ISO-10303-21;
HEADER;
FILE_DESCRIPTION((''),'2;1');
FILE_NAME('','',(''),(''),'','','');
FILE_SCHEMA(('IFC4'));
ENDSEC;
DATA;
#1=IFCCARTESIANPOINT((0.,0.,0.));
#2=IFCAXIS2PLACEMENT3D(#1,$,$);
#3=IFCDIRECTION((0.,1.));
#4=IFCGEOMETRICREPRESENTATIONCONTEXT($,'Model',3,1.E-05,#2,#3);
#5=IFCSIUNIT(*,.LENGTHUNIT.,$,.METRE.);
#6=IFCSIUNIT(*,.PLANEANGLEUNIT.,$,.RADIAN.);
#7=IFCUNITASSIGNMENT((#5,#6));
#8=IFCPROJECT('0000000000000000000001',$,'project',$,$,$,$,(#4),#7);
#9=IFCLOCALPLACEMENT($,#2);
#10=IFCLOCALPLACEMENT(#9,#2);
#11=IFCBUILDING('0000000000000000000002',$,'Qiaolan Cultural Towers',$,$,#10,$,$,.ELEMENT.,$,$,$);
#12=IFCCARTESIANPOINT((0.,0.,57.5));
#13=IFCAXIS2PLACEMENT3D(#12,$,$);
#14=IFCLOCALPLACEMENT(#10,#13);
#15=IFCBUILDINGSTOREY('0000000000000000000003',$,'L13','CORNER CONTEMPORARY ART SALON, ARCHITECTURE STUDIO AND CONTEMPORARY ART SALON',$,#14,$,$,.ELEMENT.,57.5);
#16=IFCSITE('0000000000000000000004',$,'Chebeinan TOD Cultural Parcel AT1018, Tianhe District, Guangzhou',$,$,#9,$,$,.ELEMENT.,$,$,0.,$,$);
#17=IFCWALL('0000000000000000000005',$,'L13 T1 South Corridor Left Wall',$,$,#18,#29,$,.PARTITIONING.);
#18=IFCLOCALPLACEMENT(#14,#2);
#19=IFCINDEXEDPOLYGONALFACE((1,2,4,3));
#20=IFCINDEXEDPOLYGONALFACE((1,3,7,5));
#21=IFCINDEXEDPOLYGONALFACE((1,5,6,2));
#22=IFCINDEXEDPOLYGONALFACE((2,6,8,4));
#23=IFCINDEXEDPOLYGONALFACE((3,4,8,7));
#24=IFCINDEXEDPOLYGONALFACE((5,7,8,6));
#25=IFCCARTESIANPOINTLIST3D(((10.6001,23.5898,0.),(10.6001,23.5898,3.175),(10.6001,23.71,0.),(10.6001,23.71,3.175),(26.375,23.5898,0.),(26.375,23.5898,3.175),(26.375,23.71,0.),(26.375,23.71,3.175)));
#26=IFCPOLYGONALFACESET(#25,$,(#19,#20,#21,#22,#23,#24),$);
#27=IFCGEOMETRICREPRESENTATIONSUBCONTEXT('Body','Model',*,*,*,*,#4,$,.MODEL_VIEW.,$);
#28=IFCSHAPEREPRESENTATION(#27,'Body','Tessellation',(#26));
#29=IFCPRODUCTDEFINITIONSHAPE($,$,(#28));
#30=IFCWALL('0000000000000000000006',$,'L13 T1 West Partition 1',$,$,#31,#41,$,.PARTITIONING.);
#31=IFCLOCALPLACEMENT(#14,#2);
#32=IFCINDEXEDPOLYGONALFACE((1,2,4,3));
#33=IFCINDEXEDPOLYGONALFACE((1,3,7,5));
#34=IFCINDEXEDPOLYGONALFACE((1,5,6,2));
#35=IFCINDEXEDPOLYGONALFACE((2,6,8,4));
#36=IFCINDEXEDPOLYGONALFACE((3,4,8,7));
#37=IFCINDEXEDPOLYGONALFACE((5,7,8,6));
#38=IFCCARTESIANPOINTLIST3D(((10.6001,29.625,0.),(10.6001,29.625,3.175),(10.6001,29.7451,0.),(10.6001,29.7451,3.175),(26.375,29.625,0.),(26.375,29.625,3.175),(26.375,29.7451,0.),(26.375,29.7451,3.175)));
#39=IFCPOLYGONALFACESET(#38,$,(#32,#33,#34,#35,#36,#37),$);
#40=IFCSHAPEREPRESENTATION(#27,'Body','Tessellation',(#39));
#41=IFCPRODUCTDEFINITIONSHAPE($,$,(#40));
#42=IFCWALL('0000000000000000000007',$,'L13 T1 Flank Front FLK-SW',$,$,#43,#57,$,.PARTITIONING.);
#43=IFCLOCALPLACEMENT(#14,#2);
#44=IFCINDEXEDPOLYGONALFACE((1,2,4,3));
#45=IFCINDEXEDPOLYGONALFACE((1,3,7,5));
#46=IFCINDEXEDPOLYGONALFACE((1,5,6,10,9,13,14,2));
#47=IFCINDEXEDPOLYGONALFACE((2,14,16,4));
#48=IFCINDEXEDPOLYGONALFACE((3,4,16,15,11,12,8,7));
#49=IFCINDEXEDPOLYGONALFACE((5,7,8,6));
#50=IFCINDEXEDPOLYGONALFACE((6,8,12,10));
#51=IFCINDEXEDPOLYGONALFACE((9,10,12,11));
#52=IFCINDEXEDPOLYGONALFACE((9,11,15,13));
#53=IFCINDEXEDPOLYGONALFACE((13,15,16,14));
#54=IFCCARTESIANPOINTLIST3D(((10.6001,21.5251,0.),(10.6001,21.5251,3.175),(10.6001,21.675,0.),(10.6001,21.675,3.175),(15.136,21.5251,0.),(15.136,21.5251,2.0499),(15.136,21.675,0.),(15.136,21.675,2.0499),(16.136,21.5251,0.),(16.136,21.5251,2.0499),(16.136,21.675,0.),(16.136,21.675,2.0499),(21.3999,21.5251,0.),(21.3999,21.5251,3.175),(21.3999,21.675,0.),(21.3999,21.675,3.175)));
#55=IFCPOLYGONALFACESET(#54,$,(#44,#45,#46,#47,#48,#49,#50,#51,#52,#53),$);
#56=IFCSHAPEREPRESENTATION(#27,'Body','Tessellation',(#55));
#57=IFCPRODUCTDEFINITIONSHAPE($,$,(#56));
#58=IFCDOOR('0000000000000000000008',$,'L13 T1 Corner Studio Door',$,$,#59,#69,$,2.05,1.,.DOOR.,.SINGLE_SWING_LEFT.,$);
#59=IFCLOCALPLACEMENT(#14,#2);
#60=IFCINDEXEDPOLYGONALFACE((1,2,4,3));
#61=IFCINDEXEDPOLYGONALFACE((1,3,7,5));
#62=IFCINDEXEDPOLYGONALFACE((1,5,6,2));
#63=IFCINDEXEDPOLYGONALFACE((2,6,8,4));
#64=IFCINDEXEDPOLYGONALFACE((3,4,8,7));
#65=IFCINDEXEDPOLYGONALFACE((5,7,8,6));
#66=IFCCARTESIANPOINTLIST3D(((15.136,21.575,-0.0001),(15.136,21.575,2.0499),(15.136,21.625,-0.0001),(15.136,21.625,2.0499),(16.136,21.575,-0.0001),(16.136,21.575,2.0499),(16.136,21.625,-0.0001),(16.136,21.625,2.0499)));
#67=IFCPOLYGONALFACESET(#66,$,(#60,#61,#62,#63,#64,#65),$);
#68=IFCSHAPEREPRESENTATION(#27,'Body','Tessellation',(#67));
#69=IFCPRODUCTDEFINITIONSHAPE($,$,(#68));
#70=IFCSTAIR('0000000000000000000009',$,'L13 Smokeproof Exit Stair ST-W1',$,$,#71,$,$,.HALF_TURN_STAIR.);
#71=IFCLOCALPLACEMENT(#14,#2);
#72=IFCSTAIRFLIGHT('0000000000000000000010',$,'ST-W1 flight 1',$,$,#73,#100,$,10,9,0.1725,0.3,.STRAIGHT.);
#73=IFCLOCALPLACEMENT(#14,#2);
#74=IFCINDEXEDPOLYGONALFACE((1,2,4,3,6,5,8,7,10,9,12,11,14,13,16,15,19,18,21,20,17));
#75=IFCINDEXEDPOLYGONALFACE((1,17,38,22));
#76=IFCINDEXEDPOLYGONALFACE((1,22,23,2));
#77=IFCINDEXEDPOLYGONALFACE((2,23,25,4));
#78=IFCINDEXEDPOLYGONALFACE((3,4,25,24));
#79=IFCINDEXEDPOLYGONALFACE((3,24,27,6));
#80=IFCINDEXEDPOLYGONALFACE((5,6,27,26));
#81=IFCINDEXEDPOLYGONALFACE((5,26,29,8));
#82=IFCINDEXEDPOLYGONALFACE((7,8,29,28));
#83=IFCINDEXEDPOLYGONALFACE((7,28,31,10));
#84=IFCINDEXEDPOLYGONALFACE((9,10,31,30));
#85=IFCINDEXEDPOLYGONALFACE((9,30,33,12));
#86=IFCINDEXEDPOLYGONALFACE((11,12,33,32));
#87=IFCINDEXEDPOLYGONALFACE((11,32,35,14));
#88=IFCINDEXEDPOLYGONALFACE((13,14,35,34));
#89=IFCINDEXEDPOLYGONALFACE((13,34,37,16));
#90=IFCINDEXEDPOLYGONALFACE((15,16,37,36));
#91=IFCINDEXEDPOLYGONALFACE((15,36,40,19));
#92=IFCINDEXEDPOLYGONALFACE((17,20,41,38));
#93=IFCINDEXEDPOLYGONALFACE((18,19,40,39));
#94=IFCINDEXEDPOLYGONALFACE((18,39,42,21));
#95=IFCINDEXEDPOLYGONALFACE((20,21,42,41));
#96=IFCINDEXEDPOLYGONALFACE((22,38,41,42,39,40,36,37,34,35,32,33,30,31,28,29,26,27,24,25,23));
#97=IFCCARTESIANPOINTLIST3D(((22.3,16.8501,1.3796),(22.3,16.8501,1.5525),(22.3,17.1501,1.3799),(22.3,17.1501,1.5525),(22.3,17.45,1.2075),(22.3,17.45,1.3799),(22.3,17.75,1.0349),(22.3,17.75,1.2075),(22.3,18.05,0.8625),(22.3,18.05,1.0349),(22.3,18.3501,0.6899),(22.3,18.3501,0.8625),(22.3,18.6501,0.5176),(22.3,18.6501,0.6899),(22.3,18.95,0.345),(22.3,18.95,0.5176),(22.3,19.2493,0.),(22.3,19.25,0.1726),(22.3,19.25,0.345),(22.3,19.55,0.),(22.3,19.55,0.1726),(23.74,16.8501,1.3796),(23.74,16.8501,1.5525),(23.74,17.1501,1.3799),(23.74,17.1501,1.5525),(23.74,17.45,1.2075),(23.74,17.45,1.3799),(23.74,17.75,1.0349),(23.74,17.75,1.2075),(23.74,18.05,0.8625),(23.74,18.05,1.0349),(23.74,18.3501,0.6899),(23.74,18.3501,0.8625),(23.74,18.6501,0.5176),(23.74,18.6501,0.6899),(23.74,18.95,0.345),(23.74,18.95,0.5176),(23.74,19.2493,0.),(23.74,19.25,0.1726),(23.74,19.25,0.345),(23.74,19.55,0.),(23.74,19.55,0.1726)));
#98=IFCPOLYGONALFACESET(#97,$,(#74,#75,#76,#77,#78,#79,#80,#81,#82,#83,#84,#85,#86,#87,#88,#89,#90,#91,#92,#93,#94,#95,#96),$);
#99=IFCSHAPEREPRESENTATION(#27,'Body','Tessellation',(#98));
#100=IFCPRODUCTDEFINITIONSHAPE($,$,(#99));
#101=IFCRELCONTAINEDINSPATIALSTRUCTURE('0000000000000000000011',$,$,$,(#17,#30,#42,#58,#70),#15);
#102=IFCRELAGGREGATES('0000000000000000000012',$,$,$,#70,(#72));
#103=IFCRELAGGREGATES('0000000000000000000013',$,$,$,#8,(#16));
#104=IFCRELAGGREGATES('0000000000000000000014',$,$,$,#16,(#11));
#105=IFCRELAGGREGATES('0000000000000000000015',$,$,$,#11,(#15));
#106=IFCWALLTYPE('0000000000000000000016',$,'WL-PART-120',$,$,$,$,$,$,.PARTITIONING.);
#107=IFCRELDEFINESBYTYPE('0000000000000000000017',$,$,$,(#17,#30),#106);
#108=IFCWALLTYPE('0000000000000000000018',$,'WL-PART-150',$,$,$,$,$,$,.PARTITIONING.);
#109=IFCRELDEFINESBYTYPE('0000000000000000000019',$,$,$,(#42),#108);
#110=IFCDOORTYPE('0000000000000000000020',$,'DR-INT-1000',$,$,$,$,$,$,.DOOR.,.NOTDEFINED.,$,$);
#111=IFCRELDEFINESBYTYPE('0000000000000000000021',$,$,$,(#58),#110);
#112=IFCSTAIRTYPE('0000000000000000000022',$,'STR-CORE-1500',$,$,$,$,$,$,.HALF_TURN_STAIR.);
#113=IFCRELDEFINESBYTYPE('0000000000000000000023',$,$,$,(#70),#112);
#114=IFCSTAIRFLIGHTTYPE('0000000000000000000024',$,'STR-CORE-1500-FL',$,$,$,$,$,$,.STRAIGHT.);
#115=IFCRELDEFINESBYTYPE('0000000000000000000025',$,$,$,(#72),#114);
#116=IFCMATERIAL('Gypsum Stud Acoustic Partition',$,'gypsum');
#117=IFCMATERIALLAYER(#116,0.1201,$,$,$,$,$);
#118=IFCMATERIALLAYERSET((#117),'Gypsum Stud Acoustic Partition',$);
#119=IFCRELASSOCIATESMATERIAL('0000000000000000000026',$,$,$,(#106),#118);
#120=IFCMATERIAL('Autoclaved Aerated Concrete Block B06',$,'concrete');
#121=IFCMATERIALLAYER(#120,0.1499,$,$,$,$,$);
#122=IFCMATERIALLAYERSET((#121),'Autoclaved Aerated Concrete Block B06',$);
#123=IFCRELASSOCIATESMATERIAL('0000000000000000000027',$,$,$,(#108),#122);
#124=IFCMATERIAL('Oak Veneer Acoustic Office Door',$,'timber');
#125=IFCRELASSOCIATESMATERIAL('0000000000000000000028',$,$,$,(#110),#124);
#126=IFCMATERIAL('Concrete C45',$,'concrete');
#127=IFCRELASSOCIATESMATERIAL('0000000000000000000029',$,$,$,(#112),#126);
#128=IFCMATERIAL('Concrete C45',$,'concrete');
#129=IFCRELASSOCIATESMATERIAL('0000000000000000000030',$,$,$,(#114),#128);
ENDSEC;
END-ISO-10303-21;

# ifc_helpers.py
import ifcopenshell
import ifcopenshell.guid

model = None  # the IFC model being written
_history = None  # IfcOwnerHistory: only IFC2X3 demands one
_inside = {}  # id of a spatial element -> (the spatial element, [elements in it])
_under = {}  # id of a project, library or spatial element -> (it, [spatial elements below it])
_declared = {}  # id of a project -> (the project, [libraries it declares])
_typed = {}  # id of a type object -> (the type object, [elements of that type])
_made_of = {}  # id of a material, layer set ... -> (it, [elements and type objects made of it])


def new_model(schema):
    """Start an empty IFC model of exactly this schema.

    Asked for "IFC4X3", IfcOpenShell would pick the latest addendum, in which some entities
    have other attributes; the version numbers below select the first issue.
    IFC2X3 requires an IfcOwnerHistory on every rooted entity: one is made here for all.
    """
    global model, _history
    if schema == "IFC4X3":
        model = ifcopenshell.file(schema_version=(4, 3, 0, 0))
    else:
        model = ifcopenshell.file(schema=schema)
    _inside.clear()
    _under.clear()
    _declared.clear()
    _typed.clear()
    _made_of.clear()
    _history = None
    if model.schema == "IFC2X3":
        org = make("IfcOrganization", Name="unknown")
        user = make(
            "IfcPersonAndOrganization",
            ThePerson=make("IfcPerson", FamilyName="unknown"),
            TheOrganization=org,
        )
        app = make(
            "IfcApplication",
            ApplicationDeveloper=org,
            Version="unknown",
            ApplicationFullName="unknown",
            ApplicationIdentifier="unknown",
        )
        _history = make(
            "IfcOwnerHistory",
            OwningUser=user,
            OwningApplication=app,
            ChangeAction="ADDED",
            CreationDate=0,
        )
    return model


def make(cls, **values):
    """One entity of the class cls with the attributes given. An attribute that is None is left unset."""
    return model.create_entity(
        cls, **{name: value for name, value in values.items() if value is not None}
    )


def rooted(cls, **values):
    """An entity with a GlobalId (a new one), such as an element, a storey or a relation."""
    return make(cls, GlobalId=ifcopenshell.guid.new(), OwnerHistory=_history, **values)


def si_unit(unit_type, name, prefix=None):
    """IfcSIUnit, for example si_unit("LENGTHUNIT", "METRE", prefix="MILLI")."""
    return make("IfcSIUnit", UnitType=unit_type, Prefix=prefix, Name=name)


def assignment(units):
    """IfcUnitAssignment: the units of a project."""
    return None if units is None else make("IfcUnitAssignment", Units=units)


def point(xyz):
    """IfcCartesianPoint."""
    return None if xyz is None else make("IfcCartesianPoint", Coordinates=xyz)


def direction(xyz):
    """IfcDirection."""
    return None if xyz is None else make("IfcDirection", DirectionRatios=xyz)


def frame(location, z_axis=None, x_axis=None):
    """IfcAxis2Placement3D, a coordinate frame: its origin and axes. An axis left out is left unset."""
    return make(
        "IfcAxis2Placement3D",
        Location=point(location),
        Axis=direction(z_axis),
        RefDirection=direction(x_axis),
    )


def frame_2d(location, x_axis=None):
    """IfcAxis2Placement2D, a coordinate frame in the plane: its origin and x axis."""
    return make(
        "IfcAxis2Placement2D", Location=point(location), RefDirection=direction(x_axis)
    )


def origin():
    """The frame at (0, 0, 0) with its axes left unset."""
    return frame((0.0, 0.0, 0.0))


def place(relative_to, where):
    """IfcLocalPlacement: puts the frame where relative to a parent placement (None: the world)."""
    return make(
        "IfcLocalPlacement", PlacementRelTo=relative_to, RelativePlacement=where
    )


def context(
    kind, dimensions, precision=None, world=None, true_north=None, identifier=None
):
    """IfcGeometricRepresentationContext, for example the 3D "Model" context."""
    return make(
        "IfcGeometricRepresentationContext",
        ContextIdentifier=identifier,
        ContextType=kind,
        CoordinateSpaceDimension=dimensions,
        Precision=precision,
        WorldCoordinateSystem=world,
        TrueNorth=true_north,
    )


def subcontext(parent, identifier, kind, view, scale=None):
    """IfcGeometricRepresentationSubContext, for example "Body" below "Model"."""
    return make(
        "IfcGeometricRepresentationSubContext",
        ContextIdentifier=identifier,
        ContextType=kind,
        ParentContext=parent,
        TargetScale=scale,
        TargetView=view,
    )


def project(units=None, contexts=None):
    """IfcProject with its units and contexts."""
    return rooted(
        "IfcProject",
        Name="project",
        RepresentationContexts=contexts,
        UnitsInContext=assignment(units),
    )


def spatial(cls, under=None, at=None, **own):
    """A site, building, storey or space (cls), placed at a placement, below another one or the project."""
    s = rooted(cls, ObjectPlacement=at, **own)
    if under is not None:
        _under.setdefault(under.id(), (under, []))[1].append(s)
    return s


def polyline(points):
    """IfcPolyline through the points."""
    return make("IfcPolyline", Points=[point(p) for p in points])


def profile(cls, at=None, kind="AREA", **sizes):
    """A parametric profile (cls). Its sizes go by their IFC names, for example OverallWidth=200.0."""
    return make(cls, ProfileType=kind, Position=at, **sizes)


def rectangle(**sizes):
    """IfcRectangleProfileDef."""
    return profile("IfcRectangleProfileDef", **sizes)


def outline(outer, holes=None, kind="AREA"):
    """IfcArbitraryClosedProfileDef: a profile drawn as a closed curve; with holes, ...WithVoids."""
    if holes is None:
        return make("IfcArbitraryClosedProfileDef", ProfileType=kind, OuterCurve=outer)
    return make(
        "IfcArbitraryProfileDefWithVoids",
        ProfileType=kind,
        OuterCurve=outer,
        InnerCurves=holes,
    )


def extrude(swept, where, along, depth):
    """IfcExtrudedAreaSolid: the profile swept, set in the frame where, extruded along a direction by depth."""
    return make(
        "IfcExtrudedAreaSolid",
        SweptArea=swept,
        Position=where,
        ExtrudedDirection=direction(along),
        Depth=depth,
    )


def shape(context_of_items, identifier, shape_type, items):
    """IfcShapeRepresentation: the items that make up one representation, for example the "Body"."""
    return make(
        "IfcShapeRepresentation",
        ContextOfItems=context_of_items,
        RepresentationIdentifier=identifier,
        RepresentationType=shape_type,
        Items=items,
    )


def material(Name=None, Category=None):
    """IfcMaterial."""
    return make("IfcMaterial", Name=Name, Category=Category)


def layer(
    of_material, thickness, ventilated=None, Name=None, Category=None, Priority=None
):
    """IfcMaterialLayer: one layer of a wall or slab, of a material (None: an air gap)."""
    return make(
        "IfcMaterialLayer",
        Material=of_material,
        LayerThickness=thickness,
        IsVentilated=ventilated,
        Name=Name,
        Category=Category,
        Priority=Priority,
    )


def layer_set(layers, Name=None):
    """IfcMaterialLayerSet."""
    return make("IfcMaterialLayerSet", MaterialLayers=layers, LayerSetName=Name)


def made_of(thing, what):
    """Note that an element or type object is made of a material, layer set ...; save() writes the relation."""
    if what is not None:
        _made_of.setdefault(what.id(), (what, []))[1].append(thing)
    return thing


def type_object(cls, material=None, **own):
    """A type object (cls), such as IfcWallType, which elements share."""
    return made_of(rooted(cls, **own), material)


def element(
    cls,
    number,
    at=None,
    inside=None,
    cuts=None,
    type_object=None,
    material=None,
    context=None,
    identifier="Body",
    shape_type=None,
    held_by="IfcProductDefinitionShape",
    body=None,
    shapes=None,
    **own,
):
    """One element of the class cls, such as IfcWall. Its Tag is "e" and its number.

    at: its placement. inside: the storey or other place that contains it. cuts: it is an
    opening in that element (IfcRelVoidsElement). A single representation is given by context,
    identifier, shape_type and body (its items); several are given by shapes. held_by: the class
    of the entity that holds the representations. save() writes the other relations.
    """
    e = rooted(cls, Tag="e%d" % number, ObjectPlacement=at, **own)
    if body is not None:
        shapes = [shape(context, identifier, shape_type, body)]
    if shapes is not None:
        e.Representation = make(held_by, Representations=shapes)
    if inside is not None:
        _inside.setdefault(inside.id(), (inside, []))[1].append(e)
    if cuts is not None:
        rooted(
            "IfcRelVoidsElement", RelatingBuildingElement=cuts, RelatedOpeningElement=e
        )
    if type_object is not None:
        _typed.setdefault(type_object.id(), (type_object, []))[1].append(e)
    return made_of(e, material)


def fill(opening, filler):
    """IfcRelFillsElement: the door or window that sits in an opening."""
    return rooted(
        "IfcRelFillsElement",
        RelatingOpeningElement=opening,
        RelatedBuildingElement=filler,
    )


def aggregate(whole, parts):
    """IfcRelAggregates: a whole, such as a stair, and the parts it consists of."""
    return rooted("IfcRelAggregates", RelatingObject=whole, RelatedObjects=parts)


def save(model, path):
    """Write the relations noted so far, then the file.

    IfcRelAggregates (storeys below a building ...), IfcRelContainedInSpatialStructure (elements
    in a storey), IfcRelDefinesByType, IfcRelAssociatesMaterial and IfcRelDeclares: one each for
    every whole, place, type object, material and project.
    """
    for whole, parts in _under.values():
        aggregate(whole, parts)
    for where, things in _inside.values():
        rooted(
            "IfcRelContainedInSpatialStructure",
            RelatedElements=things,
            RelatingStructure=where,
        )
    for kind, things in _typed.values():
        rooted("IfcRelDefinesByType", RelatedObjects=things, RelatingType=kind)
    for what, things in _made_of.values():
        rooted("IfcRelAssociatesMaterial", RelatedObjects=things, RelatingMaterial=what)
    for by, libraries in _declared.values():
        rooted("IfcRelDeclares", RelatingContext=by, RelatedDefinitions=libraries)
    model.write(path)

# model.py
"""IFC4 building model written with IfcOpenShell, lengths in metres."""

from ifc_helpers import new_model, si_unit, direction, frame, frame_2d, origin, place, context, subcontext, project, spatial, polyline, rectangle, outline, extrude, material, layer, layer_set, type_object, element, fill, aggregate, save


model = new_model("IFC4")

# Units and contexts
model_context = context("Model", 3, precision=1e-05, world=origin(), true_north=direction((0.0, 1.0)))
body_context = subcontext(model_context, "Body", "Model", "MODEL_VIEW")
ifc_project = project(units=[si_unit("LENGTHUNIT", "METRE"), si_unit("PLANEANGLEUNIT", "RADIAN")], contexts=[model_context])

# Site, building, storey
site_placement = place(None, origin())
site = spatial("IfcSite", under=ifc_project, at=site_placement, Name="Chebeinan TOD Cultural Parcel AT1018, Tianhe District, Guangzhou", CompositionType="ELEMENT", RefElevation=0.0)
building_placement = place(site_placement, origin())
building = spatial("IfcBuilding", under=site, at=building_placement, Name="Qiaolan Cultural Towers", CompositionType="ELEMENT")
storey_placement = place(building_placement, frame((0.0, 0.0, 57.5)))
storey = spatial("IfcBuildingStorey", under=building, at=storey_placement, Name="L13", Description="CORNER CONTEMPORARY ART SALON, ARCHITECTURE STUDIO AND CONTEMPORARY ART SALON", CompositionType="ELEMENT", Elevation=57.5)

# Walls
ifc_material_1 = material(Name="Gypsum Stud Acoustic Partition", Category="gypsum")
ifc_layer_1 = layer(ifc_material_1, 0.1201)
ifc_layer_set_1 = layer_set([ifc_layer_1], Name="Gypsum Stud Acoustic Partition")
wall_type_1 = type_object("IfcWallType", Name="WL-PART-120", PredefinedType="PARTITIONING", material=ifc_layer_set_1)
for number, where, z_axis, x_axis, name in (
    (1, (10.6001, 23.6499, 0.0), (0.0, 0.0, 1.0), (1.0, 0.0, 0.0), "L13 T1 South Corridor Left Wall"),
    (2, (10.6001, 29.6851, 0.0), (0.0, 0.0, 1.0), (1.0, 0.0, 0.0), "L13 T1 West Partition 1"),
):
    element("IfcWall", number, at=place(storey_placement, frame(where, z_axis=z_axis, x_axis=x_axis)), inside=storey, type_object=wall_type_1, Name=name, PredefinedType="PARTITIONING", context=body_context, shape_type="SweptSolid", body=[
        extrude(rectangle(XDim=15.7749, YDim=0.1201, at=frame_2d((7.8875, 0.0))), origin(), (0.0, 0.0, 1.0), 3.175),
    ])

# Wall, opening, door
ifc_material_2 = material(Name="Autoclaved Aerated Concrete Block B06", Category="concrete")
ifc_layer_2 = layer(ifc_material_2, 0.1499)
ifc_layer_set_2 = layer_set([ifc_layer_2], Name="Autoclaved Aerated Concrete Block B06")
wall_type_2 = type_object("IfcWallType", Name="WL-PART-150", PredefinedType="PARTITIONING", material=ifc_layer_set_2)
wall_1_placement = place(storey_placement, frame((10.6001, 21.6001, 0.0), z_axis=(0.0, 0.0, 1.0), x_axis=(1.0, 0.0, 0.0)))
wall_1 = element("IfcWall", 3, at=wall_1_placement, inside=storey, type_object=wall_type_2, Name="L13 T1 Flank Front FLK-SW", PredefinedType="PARTITIONING", context=body_context, shape_type="SweptSolid", body=[
    extrude(rectangle(XDim=10.7998, YDim=0.1499, at=frame_2d((5.3999, 0.0))), origin(), (0.0, 0.0, 1.0), 3.175),
])
opening_placement = place(wall_1_placement, frame((4.5359, 0.0, 0.0)))
opening = element("IfcOpeningElement", 4, at=opening_placement, cuts=wall_1, PredefinedType="OPENING", context=body_context, shape_type="SweptSolid", body=[
    extrude(rectangle(XDim=1.0, YDim=2.05, at=frame_2d((0.5, 1.0249))), frame((0.0, 0.085, 0.0), z_axis=(0.0, -1.0, 0.0), x_axis=(1.0, 0.0, 0.0)), (0.0, 0.0, 1.0), 0.1699),
])
ifc_material_3 = material(Name="Oak Veneer Acoustic Office Door", Category="timber")
door_type = type_object("IfcDoorType", Name="DR-INT-1000", OperationType="NOTDEFINED", PredefinedType="DOOR", material=ifc_material_3)
door_placement = place(opening_placement, origin())
door = element("IfcDoor", 5, at=door_placement, inside=storey, type_object=door_type, Name="L13 T1 Corner Studio Door", OperationType="SINGLE_SWING_LEFT", OverallHeight=2.05, OverallWidth=1.0, PredefinedType="DOOR", context=body_context, shape_type="SweptSolid", body=[
    extrude(rectangle(XDim=1.0, YDim=2.05, at=frame_2d((0.5, 1.0249))), frame((0.0, 0.0249, 0.0), z_axis=(0.0, -1.0, 0.0), x_axis=(1.0, 0.0, 0.0)), (0.0, 0.0, 1.0), 0.05),
])
fill(opening, door)

# Stair, stair flight
ifc_material_4 = material(Name="Concrete C45", Category="concrete")
stair_type = type_object("IfcStairType", Name="STR-CORE-1500", PredefinedType="HALF_TURN_STAIR", material=ifc_material_4)
stair_placement = place(storey_placement, origin())
stair = element("IfcStair", 6, at=stair_placement, inside=storey, type_object=stair_type, Name="L13 Smokeproof Exit Stair ST-W1", PredefinedType="HALF_TURN_STAIR")
ifc_material_5 = material(Name="Concrete C45", Category="concrete")
stair_flight_type = type_object("IfcStairFlightType", Name="STR-CORE-1500-FL", PredefinedType="STRAIGHT", material=ifc_material_5)
stair_flight_placement = place(storey_placement, frame((23.02, 19.55, 0.0), z_axis=(0.0, 0.0, 1.0), x_axis=(0.0, -1.0, 0.0)))
stair_flight = element("IfcStairFlight", 7, at=stair_flight_placement, type_object=stair_flight_type, Name="ST-W1 flight 1", NumberOfRisers=10, NumberOfTreads=9, PredefinedType="STRAIGHT", RiserHeight=0.1725, TreadLength=0.3, context=body_context, shape_type="SweptSolid", body=[
    extrude(outline(polyline([(0.0, 0.0), (0.0, 0.1726), (0.3, 0.1726), (0.3, 0.345), (0.6001, 0.345), (0.6001, 0.5176), (0.8999, 0.5176), (0.8999, 0.6899), (1.2, 0.6899), (1.2, 0.8625), (1.5, 0.8625), (1.5, 1.0349), (1.8, 1.0349), (1.8, 1.2075), (2.1001, 1.2075), (2.1001, 1.3799), (2.3999, 1.3799), (2.3999, 1.5525), (2.7, 1.5525), (2.7, 1.7251), (2.7, 1.3796), (0.3008, 0.0), (0.0, 0.0)])), frame((0.0, 0.72, 0.0), z_axis=(0.0, -1.0, 0.0), x_axis=(1.0, 0.0, 0.0)), (0.0, 0.0, 1.0), 1.4399),
])
aggregate(stair, [stair_flight])

save(model, "model.ifc")
